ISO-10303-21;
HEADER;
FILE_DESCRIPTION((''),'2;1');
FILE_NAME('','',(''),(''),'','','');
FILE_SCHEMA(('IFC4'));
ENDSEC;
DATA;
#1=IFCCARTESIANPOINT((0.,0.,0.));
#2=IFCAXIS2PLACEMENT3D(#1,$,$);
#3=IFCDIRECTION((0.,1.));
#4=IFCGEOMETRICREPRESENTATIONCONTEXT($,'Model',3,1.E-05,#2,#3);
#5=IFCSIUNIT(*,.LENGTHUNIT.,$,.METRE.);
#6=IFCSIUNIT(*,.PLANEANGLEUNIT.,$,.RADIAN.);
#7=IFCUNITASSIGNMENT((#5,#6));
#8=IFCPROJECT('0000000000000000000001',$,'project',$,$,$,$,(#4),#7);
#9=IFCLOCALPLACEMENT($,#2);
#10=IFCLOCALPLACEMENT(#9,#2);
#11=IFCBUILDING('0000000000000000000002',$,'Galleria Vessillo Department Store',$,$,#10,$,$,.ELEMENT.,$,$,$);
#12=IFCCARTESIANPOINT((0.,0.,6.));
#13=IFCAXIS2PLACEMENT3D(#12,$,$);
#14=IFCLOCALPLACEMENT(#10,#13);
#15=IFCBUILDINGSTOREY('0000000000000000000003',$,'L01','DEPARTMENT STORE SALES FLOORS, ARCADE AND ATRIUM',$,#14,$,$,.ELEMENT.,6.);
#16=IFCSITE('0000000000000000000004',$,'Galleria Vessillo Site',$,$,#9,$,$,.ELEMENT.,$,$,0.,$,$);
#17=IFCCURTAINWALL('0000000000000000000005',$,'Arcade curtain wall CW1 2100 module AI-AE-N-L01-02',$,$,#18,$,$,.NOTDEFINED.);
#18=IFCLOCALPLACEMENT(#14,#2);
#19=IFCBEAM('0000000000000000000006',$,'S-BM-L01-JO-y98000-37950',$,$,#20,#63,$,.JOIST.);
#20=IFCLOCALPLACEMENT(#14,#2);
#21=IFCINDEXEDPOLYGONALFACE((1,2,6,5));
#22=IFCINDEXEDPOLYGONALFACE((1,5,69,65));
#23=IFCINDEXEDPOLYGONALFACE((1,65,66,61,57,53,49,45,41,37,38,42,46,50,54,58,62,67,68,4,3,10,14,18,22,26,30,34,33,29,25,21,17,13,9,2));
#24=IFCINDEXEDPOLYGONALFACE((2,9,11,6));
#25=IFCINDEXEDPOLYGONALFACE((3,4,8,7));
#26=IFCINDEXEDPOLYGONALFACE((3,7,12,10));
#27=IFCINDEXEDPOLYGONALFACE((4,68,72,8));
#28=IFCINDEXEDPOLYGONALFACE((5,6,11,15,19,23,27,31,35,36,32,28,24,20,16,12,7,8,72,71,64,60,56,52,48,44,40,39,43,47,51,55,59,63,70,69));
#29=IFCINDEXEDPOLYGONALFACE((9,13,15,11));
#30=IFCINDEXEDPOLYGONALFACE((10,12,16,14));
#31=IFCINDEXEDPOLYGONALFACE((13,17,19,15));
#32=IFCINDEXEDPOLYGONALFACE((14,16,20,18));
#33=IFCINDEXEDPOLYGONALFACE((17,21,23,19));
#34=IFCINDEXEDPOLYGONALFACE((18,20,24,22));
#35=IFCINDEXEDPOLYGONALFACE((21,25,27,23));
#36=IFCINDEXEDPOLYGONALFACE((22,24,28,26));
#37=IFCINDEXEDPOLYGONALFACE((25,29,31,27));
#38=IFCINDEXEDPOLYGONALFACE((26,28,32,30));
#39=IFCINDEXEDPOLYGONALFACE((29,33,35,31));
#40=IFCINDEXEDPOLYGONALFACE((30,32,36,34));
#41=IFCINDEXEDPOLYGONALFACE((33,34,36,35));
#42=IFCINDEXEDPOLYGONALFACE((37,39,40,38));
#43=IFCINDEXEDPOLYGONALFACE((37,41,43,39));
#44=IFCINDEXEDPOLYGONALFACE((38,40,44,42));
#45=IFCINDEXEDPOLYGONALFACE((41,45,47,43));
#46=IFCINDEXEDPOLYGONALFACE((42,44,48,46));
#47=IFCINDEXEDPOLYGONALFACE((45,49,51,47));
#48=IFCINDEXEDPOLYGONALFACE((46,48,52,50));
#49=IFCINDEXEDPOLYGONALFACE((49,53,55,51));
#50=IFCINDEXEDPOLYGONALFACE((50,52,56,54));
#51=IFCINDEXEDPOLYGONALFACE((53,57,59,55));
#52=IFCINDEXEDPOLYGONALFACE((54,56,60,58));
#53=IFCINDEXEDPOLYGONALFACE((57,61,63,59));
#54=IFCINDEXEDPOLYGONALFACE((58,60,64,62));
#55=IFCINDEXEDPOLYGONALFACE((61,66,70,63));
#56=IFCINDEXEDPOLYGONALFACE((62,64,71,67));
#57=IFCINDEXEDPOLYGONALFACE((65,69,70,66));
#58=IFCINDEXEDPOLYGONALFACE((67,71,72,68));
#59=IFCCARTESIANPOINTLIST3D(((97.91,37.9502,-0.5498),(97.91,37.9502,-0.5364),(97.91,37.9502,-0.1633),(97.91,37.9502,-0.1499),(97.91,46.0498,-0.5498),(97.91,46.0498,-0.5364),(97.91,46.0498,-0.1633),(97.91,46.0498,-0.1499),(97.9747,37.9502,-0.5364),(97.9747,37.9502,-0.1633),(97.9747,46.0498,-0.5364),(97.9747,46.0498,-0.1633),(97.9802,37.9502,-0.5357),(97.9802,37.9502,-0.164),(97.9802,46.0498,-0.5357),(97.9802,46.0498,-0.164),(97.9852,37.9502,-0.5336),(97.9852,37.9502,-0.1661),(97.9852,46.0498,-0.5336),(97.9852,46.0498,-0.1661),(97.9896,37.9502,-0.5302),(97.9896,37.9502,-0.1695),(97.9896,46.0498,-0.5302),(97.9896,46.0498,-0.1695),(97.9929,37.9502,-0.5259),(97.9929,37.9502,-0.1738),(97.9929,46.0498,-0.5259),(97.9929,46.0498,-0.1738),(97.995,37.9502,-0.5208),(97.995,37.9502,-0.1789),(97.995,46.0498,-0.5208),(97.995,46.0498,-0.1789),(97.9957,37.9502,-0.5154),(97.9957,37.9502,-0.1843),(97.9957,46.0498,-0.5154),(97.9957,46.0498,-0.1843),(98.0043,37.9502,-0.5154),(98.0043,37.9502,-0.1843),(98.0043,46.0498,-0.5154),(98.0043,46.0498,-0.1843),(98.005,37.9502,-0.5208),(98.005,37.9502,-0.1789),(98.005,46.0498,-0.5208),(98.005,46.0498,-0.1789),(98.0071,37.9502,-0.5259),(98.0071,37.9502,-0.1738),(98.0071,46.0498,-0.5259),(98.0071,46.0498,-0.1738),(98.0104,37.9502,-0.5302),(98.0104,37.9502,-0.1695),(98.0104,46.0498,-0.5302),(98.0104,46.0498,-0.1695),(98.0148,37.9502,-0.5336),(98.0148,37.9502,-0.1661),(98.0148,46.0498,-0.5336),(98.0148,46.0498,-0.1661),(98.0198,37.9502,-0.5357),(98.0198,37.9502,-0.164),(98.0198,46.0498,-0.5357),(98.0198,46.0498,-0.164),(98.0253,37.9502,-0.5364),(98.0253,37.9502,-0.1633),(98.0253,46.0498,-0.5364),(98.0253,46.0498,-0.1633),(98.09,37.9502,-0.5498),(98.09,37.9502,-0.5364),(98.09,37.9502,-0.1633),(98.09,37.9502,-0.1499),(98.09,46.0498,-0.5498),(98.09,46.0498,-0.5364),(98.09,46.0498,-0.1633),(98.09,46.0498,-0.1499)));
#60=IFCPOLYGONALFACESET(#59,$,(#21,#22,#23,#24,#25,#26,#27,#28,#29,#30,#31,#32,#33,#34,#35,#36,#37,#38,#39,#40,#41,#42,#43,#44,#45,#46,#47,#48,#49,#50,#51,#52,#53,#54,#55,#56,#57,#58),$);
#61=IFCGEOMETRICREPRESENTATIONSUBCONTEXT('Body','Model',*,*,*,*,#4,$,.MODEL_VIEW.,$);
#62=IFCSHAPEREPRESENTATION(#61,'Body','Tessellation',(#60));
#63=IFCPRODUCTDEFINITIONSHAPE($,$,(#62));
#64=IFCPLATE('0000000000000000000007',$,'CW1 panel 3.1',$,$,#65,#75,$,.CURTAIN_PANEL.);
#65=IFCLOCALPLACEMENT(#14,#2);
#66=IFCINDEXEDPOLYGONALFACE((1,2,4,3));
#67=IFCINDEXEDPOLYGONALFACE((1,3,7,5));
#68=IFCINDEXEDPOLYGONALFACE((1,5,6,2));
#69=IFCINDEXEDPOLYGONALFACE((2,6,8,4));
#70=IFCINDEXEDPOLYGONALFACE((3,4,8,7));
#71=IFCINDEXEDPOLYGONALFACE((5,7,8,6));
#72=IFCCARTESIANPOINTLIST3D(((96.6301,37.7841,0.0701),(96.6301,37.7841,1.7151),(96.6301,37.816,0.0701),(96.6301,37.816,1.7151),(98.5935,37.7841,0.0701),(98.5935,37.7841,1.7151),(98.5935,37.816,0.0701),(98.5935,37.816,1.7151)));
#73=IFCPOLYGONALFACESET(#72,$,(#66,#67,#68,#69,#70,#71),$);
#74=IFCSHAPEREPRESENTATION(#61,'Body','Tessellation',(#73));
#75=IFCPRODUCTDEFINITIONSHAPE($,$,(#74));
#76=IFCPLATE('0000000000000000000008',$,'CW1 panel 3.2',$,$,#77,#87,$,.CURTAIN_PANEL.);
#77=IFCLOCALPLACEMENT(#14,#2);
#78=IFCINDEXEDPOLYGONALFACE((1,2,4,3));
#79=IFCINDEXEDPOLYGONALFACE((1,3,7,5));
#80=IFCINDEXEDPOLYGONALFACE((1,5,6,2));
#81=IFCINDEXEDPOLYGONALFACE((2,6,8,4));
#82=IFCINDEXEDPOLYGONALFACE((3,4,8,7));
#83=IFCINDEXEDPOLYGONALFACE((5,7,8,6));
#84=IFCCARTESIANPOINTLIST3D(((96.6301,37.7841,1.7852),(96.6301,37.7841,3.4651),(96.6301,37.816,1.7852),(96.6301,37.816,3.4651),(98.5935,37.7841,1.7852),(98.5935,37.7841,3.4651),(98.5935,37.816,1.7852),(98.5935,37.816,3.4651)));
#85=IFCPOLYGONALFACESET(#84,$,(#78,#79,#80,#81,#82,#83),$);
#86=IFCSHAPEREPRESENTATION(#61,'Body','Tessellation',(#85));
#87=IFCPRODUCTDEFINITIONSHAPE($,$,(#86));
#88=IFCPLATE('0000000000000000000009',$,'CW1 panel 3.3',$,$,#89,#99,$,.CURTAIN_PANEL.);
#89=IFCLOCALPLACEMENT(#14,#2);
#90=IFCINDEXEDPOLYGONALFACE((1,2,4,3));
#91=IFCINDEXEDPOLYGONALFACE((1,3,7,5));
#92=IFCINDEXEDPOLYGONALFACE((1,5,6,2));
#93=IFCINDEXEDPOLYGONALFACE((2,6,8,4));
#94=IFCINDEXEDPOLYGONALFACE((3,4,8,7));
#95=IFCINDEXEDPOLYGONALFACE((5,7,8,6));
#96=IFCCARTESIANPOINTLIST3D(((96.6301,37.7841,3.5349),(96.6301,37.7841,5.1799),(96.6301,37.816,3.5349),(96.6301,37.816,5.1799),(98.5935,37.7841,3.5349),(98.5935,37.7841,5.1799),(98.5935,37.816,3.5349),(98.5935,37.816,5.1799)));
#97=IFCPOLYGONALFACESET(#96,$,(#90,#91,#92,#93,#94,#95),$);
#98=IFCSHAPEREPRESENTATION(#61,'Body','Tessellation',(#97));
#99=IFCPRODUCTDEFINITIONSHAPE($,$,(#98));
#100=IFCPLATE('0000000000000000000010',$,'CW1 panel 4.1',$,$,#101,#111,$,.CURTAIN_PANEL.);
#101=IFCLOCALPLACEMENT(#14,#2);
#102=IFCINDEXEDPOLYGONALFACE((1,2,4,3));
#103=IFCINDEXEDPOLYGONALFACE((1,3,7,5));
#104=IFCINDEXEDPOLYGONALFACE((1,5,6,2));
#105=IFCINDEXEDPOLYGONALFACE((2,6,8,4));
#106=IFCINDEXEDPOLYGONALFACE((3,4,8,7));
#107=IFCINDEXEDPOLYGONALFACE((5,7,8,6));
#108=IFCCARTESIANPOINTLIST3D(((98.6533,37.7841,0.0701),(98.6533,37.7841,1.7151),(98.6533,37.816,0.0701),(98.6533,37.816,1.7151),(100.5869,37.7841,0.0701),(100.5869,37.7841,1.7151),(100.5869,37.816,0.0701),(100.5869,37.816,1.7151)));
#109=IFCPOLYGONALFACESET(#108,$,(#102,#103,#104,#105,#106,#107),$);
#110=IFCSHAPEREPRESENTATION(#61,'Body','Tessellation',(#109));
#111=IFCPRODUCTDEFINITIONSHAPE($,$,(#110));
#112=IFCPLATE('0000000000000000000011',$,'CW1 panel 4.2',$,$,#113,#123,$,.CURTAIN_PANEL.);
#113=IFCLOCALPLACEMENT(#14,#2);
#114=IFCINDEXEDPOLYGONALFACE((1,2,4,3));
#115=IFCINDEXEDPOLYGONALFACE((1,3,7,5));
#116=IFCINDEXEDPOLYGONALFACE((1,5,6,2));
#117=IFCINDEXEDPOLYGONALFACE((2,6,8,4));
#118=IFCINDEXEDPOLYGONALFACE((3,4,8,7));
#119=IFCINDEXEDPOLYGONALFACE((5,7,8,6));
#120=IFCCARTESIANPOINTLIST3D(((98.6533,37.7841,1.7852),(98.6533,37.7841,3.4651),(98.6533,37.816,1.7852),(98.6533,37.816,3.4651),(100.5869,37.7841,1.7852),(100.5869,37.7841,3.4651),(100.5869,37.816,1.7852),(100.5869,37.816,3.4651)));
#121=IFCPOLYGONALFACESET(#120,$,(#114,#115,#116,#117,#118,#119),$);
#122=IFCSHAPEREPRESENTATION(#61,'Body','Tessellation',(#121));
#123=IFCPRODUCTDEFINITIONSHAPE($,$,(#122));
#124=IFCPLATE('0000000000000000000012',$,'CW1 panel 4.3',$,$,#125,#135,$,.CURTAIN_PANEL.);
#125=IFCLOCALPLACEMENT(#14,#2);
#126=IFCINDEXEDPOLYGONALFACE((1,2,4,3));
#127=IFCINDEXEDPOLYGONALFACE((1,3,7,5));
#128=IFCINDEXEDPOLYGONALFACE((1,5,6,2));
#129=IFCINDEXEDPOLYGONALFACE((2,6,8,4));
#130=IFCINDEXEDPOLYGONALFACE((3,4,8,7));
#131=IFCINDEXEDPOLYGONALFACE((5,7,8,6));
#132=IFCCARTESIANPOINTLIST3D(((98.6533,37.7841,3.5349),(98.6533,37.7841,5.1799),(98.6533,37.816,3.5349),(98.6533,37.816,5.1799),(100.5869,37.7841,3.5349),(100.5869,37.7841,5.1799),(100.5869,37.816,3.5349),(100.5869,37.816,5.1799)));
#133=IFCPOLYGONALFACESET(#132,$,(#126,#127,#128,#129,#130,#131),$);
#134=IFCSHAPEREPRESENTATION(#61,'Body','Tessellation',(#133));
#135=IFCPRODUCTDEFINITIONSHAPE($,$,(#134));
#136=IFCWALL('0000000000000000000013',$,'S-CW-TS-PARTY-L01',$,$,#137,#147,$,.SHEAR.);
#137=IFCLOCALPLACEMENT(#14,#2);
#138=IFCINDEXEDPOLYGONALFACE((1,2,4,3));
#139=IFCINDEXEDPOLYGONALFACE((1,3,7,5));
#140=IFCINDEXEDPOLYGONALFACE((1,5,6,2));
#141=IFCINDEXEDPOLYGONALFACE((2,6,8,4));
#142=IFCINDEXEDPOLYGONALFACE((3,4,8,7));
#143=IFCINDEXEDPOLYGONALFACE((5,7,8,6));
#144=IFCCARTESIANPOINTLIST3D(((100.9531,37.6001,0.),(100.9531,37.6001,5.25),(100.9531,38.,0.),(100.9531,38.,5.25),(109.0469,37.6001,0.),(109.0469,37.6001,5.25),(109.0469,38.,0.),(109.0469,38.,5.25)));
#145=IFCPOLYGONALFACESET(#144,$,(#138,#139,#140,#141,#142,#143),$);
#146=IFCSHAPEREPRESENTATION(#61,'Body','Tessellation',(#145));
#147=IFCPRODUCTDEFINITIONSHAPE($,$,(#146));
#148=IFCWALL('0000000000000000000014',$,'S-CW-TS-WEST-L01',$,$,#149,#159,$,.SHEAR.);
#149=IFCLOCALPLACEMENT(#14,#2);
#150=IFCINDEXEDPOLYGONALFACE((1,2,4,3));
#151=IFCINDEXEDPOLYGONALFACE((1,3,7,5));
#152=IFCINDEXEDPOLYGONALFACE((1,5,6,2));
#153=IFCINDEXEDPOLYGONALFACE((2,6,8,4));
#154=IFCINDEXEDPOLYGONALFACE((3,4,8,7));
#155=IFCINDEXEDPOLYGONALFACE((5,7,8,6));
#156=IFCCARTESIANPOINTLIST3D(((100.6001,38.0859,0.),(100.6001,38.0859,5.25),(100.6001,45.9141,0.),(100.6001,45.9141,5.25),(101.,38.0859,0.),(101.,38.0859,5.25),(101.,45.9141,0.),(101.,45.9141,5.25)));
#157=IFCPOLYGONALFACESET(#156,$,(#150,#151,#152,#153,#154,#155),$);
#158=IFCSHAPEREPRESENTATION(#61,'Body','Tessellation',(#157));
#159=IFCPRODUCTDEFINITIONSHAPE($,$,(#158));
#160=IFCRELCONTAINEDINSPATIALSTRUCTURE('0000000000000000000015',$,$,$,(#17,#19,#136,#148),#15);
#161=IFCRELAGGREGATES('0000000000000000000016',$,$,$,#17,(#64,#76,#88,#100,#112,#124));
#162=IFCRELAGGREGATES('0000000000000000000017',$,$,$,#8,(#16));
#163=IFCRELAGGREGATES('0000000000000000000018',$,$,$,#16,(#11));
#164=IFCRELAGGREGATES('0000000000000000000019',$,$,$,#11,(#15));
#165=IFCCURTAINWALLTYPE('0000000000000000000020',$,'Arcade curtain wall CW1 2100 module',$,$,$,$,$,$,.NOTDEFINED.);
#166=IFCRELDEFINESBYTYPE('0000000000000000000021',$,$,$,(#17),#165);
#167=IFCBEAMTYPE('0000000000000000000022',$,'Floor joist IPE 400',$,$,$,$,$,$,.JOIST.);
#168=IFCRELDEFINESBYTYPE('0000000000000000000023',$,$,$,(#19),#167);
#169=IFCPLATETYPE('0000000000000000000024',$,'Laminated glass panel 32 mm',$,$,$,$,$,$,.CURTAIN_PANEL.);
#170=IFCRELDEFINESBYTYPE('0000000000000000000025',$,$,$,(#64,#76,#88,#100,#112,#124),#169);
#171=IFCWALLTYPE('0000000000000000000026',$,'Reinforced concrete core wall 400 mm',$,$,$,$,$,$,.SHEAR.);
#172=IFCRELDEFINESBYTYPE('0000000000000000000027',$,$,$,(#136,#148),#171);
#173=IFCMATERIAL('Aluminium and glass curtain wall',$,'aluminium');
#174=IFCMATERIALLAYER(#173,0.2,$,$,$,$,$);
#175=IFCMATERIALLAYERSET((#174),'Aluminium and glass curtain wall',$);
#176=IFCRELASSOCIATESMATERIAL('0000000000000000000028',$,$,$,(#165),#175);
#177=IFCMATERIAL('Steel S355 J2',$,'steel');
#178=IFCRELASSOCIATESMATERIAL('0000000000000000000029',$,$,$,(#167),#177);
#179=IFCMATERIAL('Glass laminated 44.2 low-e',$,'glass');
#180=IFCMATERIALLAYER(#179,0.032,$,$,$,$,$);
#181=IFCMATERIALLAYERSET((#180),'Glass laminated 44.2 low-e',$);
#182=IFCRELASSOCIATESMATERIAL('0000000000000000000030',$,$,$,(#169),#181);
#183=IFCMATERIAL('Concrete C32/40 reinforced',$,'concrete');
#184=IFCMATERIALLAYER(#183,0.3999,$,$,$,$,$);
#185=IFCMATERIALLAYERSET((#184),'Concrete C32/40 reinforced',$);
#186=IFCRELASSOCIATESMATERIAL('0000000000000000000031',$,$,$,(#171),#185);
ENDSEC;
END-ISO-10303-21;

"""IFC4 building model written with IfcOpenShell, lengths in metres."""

from ifc_helpers import new_model, si_unit, direction, frame, frame_2d, origin, origin_2d, place, context, subcontext, project, spatial, rectangle, i_section, extrude, material, layer, layer_set, material_profile, profile_set, type_object, element, aggregate, save


model = new_model("IFC4")

# Units and contexts
model_context = context("Model", 3, precision=1e-05, world=origin(), true_north=direction((0.0, 1.0)))
body_context = subcontext(model_context, "Body", "Model", "MODEL_VIEW")
ifc_project = project(units=[si_unit("LENGTHUNIT", "METRE"), si_unit("PLANEANGLEUNIT", "RADIAN")], contexts=[model_context])

# Site, building, storey
site_placement = place(None, origin())
site = spatial("IfcSite", under=ifc_project, at=site_placement, Name="Galleria Vessillo Site", CompositionType="ELEMENT", RefElevation=0.0)
building_placement = place(site_placement, origin())
building = spatial("IfcBuilding", under=site, at=building_placement, Name="Galleria Vessillo Department Store", CompositionType="ELEMENT")
storey_placement = place(building_placement, frame((0.0, 0.0, 6.0)))
storey = spatial("IfcBuildingStorey", under=building, at=storey_placement, Name="L01", Description="DEPARTMENT STORE SALES FLOORS, ARCADE AND ATRIUM", CompositionType="ELEMENT", Elevation=6.0)

# Curtain wall
ifc_material_1 = material(Name="Aluminium and glass curtain wall", Category="aluminium")
ifc_layer_1 = layer(ifc_material_1, 0.2)
ifc_layer_set_1 = layer_set([ifc_layer_1], Name="Aluminium and glass curtain wall")
curtain_wall_type = type_object("IfcCurtainWallType", Name="Arcade curtain wall CW1 2100 module", PredefinedType="NOTDEFINED", material=ifc_layer_set_1)
curtain_wall_placement = place(storey_placement, origin())
curtain_wall = element("IfcCurtainWall", 1, at=curtain_wall_placement, inside=storey, type_object=curtain_wall_type, Name="Arcade curtain wall CW1 2100 module AI-AE-N-L01-02", PredefinedType="NOTDEFINED")

# Beam
ifc_material_2 = material(Name="Steel S355 J2", Category="steel")
ifc_material_profile_1 = material_profile(ifc_material_2, i_section(OverallWidth=0.1799, OverallDepth=0.3999, WebThickness=0.0085, FlangeThickness=0.0134, FilletRadius=0.021, at=origin_2d()), Name="IPE 400")
ifc_profile_set_1 = profile_set([ifc_material_profile_1], Name="Steel S355 J2")
beam_type_1 = type_object("IfcBeamType", Name="Floor joist IPE 400", PredefinedType="JOIST", material=ifc_profile_set_1)
for number, where, z_axis, x_axis, name in (
    (2, (98.0, 37.9502, -0.3499), (0.0, 1.0, 0.0), (-1.0, 0.0, 0.0), "S-BM-L01-JO-y98000-37950"),
):
    element("IfcBeam", number, at=place(storey_placement, frame(where, z_axis=z_axis, x_axis=x_axis)), inside=storey, type_object=beam_type_1, Name=name, PredefinedType="JOIST", context=body_context, shape_type="SweptSolid", body=[
        extrude(i_section(OverallWidth=0.1799, OverallDepth=0.3999, WebThickness=0.0085, FlangeThickness=0.0134, FilletRadius=0.021, at=origin_2d()), origin(), (0.0, 0.0, 1.0), 8.0996),
    ])

# Plates
ifc_material_3 = material(Name="Glass laminated 44.2 low-e", Category="glass")
ifc_layer_2 = layer(ifc_material_3, 0.032)
ifc_layer_set_2 = layer_set([ifc_layer_2], Name="Glass laminated 44.2 low-e")
plate_type = type_object("IfcPlateType", Name="Laminated glass panel 32 mm", PredefinedType="CURTAIN_PANEL", material=ifc_layer_set_2)
plate_1_placement = place(storey_placement, frame((97.6118, 37.8, 0.0701), z_axis=(0.0, 0.0, 1.0), x_axis=(1.0, 0.0, 0.0)))
plate_1 = element("IfcPlate", 3, at=plate_1_placement, type_object=plate_type, Name="CW1 panel 3.1", PredefinedType="CURTAIN_PANEL", context=body_context, shape_type="SweptSolid", body=[
    extrude(rectangle(XDim=1.9634, YDim=0.032, at=origin_2d()), origin(), (0.0, 0.0, 1.0), 1.645),
])
plate_2_placement = place(storey_placement, frame((97.6118, 37.8, 1.7852), z_axis=(0.0, 0.0, 1.0), x_axis=(1.0, 0.0, 0.0)))
plate_2 = element("IfcPlate", 4, at=plate_2_placement, type_object=plate_type, Name="CW1 panel 3.2", PredefinedType="CURTAIN_PANEL", context=body_context, shape_type="SweptSolid", body=[
    extrude(rectangle(XDim=1.9634, YDim=0.032, at=origin_2d()), origin(), (0.0, 0.0, 1.0), 1.6799),
])
plate_3_placement = place(storey_placement, frame((97.6118, 37.8, 3.5349), z_axis=(0.0, 0.0, 1.0), x_axis=(1.0, 0.0, 0.0)))
plate_3 = element("IfcPlate", 5, at=plate_3_placement, type_object=plate_type, Name="CW1 panel 3.3", PredefinedType="CURTAIN_PANEL", context=body_context, shape_type="SweptSolid", body=[
    extrude(rectangle(XDim=1.9634, YDim=0.032, at=origin_2d()), origin(), (0.0, 0.0, 1.0), 1.645),
])
plate_4_placement = place(storey_placement, frame((99.6201, 37.8, 0.0701), z_axis=(0.0, 0.0, 1.0), x_axis=(1.0, 0.0, 0.0)))
plate_4 = element("IfcPlate", 6, at=plate_4_placement, type_object=plate_type, Name="CW1 panel 4.1", PredefinedType="CURTAIN_PANEL", context=body_context, shape_type="SweptSolid", body=[
    extrude(rectangle(XDim=1.9336, YDim=0.032, at=origin_2d()), origin(), (0.0, 0.0, 1.0), 1.645),
])
plate_5_placement = place(storey_placement, frame((99.6201, 37.8, 1.7852), z_axis=(0.0, 0.0, 1.0), x_axis=(1.0, 0.0, 0.0)))
plate_5 = element("IfcPlate", 7, at=plate_5_placement, type_object=plate_type, Name="CW1 panel 4.2", PredefinedType="CURTAIN_PANEL", context=body_context, shape_type="SweptSolid", body=[
    extrude(rectangle(XDim=1.9336, YDim=0.032, at=origin_2d()), origin(), (0.0, 0.0, 1.0), 1.6799),
])
plate_6_placement = place(storey_placement, frame((99.6201, 37.8, 3.5349), z_axis=(0.0, 0.0, 1.0), x_axis=(1.0, 0.0, 0.0)))
plate_6 = element("IfcPlate", 8, at=plate_6_placement, type_object=plate_type, Name="CW1 panel 4.3", PredefinedType="CURTAIN_PANEL", context=body_context, shape_type="SweptSolid", body=[
    extrude(rectangle(XDim=1.9336, YDim=0.032, at=origin_2d()), origin(), (0.0, 0.0, 1.0), 1.645),
])
aggregate(curtain_wall, [plate_1, plate_2, plate_3, plate_4, plate_5, plate_6])

# Walls
ifc_material_4 = material(Name="Concrete C32/40 reinforced", Category="concrete")
ifc_layer_3 = layer(ifc_material_4, 0.3999)
ifc_layer_set_3 = layer_set([ifc_layer_3], Name="Concrete C32/40 reinforced")
wall_type = type_object("IfcWallType", Name="Reinforced concrete core wall 400 mm", PredefinedType="SHEAR", material=ifc_layer_set_3)
wall_1_placement = place(storey_placement, frame((100.9531, 37.8, 0.0), z_axis=(0.0, 0.0, 1.0), x_axis=(1.0, 0.0, 0.0)))
element("IfcWall", 9, at=wall_1_placement, inside=storey, type_object=wall_type, Name="S-CW-TS-PARTY-L01", PredefinedType="SHEAR", context=body_context, shape_type="SweptSolid", body=[
    extrude(rectangle(XDim=8.0938, YDim=0.3999, at=frame_2d((4.0469, 0.0))), origin(), (0.0, 0.0, 1.0), 5.25),
])
wall_2_placement = place(storey_placement, frame((100.8, 38.0859, 0.0), z_axis=(0.0, 0.0, 1.0), x_axis=(0.0, 1.0, 0.0)))
element("IfcWall", 10, at=wall_2_placement, inside=storey, type_object=wall_type, Name="S-CW-TS-WEST-L01", PredefinedType="SHEAR", context=body_context, shape_type="SweptSolid", body=[
    extrude(rectangle(XDim=7.8281, YDim=0.3999, at=frame_2d((3.9141, 0.0))), origin(), (0.0, 0.0, 1.0), 5.25),
])

save(model, "model.ifc")
